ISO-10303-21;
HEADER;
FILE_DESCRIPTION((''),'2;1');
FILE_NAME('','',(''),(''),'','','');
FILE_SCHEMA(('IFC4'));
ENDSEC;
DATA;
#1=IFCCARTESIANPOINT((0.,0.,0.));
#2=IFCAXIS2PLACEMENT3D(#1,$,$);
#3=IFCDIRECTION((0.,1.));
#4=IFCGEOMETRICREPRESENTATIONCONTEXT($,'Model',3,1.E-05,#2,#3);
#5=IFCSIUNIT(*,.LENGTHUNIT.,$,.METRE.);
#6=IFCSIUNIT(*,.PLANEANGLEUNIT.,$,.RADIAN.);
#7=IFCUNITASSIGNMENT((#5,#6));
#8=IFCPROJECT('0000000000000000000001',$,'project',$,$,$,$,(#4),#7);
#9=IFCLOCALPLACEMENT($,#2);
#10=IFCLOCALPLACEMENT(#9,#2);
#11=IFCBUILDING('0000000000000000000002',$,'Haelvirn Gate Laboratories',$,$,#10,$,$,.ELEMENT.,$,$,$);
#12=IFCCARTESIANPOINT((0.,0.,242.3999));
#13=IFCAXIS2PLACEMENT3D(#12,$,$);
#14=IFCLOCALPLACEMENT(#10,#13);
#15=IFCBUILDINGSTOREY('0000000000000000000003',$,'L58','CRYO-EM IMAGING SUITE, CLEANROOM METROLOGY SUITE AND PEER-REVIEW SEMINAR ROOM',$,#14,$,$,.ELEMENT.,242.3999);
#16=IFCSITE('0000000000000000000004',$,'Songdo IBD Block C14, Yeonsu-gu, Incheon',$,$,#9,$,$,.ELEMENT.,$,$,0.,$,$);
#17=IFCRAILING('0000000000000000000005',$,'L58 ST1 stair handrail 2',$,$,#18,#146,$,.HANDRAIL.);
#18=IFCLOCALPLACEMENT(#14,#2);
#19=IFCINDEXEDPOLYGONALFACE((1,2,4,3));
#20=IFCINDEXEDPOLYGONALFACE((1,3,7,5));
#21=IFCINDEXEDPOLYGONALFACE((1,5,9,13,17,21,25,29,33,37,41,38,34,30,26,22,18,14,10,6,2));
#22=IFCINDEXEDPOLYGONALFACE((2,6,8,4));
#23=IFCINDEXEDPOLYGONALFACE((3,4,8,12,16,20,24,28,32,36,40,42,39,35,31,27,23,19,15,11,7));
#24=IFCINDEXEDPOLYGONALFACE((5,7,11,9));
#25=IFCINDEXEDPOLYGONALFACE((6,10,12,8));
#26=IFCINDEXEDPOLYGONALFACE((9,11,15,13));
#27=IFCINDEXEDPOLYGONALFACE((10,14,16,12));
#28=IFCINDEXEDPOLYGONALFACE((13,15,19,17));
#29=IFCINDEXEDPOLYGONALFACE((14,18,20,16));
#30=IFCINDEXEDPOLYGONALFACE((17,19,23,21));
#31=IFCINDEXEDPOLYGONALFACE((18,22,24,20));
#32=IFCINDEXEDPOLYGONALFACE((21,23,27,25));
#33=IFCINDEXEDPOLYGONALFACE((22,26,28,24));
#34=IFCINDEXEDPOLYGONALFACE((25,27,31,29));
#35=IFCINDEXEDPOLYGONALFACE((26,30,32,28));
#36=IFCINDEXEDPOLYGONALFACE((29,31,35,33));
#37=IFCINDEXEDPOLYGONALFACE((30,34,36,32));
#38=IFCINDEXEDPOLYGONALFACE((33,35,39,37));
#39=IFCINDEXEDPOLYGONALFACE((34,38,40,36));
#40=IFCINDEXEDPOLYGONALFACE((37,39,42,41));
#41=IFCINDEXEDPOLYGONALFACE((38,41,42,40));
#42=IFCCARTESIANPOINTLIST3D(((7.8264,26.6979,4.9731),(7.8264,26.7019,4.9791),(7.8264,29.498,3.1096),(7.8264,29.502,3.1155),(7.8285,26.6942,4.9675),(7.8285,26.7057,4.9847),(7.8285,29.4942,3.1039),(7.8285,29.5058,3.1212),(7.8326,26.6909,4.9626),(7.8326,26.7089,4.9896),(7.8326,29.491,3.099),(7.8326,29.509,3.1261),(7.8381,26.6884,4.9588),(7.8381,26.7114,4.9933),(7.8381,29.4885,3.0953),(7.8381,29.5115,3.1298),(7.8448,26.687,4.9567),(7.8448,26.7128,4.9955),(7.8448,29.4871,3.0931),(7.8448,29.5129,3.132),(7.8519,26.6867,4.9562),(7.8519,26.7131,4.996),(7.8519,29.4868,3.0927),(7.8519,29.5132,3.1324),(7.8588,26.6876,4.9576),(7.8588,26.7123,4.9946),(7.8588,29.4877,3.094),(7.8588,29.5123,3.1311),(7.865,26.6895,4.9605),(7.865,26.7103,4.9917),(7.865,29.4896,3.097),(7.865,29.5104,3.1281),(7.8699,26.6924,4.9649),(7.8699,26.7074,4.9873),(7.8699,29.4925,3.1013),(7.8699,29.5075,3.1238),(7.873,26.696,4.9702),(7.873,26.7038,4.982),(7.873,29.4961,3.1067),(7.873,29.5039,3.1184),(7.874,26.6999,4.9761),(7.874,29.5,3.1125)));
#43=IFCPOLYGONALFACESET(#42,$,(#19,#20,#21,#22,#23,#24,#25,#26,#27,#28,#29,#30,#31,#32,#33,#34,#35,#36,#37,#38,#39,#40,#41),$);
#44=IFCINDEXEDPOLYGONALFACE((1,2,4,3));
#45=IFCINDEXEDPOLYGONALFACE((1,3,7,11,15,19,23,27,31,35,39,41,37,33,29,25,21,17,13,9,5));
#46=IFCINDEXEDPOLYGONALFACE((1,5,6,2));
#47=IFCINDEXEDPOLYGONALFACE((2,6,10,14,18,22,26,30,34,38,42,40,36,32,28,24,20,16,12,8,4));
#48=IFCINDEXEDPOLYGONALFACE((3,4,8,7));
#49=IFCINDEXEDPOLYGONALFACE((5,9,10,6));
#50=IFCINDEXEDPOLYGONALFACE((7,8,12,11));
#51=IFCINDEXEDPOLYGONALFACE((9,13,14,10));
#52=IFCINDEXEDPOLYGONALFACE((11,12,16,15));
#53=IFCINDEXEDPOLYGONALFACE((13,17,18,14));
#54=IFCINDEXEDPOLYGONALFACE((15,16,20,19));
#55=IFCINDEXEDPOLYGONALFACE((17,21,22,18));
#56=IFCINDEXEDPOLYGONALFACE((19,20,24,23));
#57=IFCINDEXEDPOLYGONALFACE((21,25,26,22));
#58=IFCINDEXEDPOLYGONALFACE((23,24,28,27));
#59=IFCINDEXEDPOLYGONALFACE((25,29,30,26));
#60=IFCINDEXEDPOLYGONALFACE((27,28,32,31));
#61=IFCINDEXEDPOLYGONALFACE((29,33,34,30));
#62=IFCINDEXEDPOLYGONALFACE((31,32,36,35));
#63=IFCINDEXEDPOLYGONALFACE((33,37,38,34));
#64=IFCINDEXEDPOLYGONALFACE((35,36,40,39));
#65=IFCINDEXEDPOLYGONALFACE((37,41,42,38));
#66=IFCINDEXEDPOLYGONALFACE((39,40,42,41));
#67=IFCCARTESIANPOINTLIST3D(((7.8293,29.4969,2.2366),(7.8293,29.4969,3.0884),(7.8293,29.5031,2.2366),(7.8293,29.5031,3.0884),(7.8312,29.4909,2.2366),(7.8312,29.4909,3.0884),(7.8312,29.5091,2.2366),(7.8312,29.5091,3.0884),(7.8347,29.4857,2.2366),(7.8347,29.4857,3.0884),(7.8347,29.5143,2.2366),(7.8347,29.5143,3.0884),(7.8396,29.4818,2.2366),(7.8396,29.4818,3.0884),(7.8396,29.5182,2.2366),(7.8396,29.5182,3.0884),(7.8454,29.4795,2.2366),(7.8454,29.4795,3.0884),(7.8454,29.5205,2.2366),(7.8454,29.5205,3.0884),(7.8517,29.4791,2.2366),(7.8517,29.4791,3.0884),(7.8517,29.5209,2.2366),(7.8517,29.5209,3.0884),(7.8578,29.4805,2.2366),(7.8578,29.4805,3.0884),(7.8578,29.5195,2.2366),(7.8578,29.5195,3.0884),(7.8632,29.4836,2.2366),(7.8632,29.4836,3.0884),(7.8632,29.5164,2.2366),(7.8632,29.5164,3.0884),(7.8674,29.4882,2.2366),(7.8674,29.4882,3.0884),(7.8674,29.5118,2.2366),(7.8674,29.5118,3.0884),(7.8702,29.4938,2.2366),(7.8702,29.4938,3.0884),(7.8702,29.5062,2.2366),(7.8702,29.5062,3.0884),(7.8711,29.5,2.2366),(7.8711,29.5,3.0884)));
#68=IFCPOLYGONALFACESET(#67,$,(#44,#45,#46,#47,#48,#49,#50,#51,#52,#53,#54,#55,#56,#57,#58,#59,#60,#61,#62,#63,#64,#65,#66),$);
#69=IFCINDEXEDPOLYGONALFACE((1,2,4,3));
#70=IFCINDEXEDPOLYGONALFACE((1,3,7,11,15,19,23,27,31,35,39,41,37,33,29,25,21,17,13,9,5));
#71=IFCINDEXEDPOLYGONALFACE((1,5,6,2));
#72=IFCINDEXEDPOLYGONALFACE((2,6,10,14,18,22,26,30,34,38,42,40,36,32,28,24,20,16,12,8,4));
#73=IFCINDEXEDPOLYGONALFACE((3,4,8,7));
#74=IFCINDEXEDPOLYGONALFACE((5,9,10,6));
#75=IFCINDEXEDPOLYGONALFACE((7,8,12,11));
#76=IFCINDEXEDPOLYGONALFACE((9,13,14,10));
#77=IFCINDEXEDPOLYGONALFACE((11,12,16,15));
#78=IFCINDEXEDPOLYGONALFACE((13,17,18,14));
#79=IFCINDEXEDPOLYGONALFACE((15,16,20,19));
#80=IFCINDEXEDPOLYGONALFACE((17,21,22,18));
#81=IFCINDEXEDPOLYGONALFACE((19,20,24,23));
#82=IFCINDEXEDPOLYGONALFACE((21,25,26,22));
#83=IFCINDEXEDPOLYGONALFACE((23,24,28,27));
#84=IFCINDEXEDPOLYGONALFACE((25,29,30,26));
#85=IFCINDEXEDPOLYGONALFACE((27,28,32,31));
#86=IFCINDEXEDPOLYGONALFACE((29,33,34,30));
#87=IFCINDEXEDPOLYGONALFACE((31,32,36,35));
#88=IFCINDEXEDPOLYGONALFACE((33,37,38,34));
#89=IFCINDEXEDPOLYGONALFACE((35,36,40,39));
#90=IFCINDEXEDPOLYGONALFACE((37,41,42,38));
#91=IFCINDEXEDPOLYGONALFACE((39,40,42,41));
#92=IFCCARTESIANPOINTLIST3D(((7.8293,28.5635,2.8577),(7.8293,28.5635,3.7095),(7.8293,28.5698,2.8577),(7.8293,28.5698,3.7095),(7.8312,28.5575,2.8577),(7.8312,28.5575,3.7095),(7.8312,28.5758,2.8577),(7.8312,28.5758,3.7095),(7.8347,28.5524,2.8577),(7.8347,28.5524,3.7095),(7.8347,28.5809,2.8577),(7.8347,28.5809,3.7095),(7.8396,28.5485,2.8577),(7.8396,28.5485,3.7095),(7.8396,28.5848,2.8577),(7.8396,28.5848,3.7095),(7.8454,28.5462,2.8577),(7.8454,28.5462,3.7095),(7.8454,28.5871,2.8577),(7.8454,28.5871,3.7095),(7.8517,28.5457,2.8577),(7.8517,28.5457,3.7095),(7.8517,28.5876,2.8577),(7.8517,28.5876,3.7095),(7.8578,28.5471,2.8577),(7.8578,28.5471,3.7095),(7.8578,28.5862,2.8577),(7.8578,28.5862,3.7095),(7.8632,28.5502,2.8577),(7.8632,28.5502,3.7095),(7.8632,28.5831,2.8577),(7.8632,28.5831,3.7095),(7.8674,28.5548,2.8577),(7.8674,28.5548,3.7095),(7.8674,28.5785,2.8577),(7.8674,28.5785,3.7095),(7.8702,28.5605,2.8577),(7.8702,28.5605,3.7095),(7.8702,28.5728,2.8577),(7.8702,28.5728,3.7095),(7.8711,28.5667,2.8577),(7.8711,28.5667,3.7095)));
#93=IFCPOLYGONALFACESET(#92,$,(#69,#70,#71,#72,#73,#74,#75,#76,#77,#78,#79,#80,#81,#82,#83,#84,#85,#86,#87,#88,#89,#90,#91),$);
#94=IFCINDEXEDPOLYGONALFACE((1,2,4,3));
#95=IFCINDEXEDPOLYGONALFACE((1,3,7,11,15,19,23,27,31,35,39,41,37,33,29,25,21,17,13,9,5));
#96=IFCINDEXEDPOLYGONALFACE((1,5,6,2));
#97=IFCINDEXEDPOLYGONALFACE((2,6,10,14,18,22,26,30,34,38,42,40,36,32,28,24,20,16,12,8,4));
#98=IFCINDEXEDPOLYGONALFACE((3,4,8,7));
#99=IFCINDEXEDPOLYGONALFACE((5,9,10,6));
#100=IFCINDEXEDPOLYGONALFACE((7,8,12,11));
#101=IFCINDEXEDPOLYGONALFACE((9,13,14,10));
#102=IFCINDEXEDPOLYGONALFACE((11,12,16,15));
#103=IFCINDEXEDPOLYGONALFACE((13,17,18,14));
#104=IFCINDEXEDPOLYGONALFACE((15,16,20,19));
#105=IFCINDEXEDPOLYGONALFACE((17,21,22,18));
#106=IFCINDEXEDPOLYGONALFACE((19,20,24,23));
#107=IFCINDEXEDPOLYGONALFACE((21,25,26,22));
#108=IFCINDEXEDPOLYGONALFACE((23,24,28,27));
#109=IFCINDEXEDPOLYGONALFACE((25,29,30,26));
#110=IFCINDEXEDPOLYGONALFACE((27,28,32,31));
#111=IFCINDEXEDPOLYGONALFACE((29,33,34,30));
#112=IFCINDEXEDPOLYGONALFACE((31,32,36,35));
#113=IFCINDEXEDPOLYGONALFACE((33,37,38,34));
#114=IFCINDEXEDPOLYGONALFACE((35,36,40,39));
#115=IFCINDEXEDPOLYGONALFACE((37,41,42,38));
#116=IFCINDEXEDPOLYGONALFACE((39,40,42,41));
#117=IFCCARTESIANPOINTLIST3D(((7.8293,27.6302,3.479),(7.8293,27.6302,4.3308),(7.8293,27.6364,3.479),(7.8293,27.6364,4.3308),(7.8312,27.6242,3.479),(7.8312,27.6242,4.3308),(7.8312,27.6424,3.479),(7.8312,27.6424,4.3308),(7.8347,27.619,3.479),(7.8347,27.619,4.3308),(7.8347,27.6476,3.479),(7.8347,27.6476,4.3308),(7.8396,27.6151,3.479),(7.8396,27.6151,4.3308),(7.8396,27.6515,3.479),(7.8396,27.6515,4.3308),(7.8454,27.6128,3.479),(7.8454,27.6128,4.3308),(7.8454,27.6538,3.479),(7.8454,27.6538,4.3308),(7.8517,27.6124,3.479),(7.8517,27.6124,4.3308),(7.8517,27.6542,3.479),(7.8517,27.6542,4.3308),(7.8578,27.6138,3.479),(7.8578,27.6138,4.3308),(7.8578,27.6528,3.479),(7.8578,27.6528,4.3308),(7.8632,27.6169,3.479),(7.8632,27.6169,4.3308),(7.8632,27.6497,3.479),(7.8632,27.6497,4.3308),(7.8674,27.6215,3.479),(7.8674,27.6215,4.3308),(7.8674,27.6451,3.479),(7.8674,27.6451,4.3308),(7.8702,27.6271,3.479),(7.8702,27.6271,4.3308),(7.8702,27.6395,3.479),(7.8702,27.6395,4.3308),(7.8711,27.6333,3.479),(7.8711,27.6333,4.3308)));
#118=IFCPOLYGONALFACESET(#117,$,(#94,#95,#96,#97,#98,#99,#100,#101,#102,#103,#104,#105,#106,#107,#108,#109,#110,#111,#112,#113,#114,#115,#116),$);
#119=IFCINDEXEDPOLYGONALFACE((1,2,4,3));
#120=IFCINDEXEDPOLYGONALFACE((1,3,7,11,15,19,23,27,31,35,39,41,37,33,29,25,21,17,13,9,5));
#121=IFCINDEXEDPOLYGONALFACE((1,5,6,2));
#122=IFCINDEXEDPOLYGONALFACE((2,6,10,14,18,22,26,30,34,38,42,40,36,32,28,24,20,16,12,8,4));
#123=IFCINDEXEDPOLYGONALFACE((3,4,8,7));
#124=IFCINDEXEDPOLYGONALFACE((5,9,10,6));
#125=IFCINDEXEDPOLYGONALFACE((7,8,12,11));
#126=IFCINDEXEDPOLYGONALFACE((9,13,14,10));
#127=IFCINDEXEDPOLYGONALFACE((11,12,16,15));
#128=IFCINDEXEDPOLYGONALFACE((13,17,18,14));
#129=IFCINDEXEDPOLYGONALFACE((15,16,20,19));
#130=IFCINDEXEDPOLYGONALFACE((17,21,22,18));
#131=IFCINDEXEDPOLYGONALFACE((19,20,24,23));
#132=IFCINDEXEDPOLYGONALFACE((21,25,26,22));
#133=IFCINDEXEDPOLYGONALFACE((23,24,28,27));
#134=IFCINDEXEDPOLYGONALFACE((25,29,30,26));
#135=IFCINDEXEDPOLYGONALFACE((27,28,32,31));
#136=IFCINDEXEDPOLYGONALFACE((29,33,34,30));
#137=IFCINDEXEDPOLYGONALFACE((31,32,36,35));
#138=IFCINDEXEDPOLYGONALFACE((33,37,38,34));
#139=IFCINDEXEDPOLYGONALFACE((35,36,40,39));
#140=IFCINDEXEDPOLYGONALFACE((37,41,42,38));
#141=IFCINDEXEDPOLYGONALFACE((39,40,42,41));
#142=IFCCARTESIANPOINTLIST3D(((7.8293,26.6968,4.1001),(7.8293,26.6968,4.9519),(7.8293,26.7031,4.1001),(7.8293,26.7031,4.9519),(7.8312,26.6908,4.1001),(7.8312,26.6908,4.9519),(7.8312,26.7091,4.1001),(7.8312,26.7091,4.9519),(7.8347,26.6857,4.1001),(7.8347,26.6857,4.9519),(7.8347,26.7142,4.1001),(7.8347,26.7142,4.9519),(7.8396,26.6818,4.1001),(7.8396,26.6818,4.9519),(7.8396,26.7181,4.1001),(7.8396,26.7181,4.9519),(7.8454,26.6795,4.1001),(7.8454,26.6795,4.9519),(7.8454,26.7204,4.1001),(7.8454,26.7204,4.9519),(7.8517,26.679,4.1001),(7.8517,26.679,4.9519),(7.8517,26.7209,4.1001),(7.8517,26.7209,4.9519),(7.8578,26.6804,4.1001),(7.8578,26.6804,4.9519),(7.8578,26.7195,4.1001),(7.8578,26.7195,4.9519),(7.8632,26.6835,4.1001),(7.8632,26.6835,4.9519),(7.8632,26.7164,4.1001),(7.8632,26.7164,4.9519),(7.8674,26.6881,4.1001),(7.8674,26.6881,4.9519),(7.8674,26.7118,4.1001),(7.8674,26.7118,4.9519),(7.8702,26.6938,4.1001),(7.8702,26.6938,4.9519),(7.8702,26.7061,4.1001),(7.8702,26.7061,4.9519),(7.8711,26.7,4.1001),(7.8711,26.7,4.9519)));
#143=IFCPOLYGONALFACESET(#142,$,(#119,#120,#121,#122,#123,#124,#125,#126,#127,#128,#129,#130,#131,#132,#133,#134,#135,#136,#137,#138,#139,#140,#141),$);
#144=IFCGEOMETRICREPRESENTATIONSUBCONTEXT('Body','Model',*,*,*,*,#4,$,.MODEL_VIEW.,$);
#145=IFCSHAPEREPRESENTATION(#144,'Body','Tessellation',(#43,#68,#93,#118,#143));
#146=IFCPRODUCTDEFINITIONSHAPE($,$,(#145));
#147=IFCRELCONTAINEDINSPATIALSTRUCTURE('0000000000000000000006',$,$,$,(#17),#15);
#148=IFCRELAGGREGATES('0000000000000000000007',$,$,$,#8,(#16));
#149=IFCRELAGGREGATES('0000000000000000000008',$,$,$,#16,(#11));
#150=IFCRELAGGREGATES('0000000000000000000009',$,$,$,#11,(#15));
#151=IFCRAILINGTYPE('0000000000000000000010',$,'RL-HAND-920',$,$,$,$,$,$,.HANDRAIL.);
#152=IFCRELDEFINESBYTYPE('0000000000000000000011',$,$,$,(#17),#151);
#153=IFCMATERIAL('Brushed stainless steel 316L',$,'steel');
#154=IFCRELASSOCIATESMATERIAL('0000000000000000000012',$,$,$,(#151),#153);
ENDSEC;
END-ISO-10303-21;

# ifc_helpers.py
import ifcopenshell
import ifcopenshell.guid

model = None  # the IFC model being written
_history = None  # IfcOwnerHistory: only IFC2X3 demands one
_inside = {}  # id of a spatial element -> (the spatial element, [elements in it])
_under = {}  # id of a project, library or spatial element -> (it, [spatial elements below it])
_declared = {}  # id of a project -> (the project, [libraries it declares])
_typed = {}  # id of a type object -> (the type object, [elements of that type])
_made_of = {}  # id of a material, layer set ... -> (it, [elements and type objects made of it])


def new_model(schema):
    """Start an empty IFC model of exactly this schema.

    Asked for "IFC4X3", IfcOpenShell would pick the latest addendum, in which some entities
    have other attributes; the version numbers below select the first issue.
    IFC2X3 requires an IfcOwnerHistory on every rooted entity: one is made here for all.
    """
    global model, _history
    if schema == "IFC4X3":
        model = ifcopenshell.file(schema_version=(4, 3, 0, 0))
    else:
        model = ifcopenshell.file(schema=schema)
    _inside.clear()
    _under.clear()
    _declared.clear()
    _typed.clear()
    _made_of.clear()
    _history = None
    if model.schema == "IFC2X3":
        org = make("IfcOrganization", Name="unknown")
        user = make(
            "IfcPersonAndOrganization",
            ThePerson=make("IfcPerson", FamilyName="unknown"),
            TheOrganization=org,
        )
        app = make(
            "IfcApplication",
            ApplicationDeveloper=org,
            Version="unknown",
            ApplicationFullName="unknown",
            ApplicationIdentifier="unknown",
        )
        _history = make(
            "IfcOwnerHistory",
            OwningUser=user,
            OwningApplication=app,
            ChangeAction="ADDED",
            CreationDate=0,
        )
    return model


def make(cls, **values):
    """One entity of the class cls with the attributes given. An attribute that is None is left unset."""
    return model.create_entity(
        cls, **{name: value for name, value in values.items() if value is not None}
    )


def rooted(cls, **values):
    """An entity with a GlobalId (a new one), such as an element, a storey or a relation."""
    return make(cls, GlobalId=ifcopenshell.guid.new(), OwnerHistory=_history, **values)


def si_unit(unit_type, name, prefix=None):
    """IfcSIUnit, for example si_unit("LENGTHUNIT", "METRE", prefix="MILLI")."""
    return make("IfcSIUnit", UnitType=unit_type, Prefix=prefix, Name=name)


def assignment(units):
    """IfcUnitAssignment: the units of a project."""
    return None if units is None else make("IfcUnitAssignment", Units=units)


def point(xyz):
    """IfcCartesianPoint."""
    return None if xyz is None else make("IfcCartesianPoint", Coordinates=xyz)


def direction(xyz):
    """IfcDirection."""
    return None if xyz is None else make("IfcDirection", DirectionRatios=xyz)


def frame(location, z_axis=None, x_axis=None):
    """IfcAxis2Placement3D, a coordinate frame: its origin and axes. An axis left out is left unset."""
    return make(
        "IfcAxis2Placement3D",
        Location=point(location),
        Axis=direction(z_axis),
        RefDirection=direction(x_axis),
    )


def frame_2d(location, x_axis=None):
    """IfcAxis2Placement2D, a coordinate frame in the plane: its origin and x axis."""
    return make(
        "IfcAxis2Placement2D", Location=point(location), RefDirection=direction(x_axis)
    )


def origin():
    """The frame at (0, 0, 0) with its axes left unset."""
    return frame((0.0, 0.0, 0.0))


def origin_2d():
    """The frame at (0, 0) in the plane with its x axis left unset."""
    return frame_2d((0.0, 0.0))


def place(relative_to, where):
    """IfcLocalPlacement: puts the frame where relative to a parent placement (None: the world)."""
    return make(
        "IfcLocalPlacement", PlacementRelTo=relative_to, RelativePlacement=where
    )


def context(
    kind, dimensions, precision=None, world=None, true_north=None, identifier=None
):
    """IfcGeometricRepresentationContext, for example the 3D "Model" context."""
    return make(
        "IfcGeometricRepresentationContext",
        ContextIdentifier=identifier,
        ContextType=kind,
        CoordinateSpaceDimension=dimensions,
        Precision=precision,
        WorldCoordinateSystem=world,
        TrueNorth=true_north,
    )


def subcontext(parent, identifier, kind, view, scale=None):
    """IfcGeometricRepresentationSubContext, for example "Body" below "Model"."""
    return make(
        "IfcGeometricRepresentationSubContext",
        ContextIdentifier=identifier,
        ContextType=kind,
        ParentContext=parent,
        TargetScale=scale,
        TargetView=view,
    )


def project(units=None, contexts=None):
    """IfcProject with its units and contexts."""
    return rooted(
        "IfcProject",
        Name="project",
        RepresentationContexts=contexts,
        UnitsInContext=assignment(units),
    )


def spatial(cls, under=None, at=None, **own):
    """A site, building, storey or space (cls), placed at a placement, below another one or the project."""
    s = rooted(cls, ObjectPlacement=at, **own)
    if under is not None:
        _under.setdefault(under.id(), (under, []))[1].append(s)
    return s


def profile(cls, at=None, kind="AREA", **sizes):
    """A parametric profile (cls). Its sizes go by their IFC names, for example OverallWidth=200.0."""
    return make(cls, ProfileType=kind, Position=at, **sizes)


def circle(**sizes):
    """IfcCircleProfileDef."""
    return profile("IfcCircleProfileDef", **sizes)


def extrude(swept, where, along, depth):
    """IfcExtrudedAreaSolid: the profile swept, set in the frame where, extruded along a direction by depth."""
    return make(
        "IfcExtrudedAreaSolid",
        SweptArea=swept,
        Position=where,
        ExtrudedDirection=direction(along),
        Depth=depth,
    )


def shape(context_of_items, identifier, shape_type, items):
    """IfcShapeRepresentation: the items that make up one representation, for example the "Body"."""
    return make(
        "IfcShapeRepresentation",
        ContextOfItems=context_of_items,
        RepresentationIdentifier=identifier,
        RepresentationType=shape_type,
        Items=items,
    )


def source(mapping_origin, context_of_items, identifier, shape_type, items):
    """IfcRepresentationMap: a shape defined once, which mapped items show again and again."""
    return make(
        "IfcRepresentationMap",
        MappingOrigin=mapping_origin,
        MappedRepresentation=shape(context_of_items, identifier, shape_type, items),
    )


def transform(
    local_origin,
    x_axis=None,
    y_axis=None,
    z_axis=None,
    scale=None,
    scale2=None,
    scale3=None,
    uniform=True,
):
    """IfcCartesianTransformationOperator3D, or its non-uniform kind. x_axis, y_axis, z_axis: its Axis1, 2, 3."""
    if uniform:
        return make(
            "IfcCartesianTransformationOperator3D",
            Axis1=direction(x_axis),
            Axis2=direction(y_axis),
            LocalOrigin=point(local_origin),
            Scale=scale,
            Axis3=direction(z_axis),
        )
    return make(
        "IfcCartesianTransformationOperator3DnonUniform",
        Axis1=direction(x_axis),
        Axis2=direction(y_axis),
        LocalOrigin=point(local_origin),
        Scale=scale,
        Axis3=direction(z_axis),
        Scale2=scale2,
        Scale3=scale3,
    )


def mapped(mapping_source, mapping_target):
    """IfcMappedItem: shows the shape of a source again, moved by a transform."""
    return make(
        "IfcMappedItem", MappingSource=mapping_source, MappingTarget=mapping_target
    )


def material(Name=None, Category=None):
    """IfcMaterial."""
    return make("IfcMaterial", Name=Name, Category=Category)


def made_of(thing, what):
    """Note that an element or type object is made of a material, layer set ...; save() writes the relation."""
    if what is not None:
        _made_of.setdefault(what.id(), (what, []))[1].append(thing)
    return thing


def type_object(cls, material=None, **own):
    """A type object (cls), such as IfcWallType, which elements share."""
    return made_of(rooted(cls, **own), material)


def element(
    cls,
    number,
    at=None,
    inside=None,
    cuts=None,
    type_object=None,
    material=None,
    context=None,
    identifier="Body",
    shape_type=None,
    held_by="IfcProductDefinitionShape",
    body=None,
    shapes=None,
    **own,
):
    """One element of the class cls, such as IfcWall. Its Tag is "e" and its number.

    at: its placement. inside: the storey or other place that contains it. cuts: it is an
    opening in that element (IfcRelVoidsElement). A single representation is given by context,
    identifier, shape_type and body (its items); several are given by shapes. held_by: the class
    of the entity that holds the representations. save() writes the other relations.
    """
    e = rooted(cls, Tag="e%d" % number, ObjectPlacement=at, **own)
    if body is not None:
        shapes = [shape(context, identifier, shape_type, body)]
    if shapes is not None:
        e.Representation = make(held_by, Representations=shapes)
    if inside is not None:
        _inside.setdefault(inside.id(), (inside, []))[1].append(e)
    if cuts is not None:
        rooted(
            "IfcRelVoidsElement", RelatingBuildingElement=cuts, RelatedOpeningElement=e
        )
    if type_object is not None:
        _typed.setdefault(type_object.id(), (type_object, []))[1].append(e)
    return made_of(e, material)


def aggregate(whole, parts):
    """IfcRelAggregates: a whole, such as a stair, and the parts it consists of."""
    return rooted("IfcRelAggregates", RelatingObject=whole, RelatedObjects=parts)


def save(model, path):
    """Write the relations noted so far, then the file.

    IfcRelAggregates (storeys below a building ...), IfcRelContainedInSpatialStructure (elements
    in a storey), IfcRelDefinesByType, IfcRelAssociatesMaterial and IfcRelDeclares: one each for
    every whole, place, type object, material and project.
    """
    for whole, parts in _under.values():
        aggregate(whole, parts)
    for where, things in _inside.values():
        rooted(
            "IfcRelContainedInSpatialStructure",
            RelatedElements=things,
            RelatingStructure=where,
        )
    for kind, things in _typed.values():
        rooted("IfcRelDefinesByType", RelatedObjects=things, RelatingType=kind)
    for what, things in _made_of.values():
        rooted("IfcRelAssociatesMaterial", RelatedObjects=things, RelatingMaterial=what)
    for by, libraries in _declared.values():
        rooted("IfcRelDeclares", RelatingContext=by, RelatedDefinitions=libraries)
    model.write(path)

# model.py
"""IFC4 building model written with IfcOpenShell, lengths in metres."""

from ifc_helpers import new_model, si_unit, direction, frame, origin, origin_2d, place, context, subcontext, project, spatial, circle, extrude, source, transform, mapped, material, type_object, element, save


model = new_model("IFC4")

# Units and contexts
model_context = context("Model", 3, precision=1e-05, world=origin(), true_north=direction((0.0, 1.0)))
body_context = subcontext(model_context, "Body", "Model", "MODEL_VIEW")
ifc_project = project(units=[si_unit("LENGTHUNIT", "METRE"), si_unit("PLANEANGLEUNIT", "RADIAN")], contexts=[model_context])

# Site, building, storey
site_placement = place(None, origin())
site = spatial("IfcSite", under=ifc_project, at=site_placement, Name="Songdo IBD Block C14, Yeonsu-gu, Incheon", CompositionType="ELEMENT", RefElevation=0.0)
building_placement = place(site_placement, origin())
building = spatial("IfcBuilding", under=site, at=building_placement, Name="Haelvirn Gate Laboratories", CompositionType="ELEMENT")
storey_placement = place(building_placement, frame((0.0, 0.0, 242.3999)))
storey = spatial("IfcBuildingStorey", under=building, at=storey_placement, Name="L58", Description="CRYO-EM IMAGING SUITE, CLEANROOM METROLOGY SUITE AND PEER-REVIEW SEMINAR ROOM", CompositionType="ELEMENT", Elevation=242.3999)

# Railing
ifc_material_1 = material(Name="Brushed stainless steel 316L", Category="steel")
railing_type_1 = type_object("IfcRailingType", Name="RL-HAND-920", PredefinedType="HANDRAIL", material=ifc_material_1)
shared_shape_1 = source(origin(), body_context, "Body", "SweptSolid", [
    extrude(circle(Radius=0.0239, at=origin_2d()), frame((0.0, 0.0, 0.876), z_axis=(0.0, -0.832486, 0.554047), x_axis=(1.0, 0.0, 0.0)), (0.0, 0.0, 1.0), 3.3635),
    extrude(circle(Radius=0.021, at=origin_2d()), origin(), (0.0, 0.0, 1.0), 0.8518),
    extrude(circle(Radius=0.021, at=origin_2d()), frame((0.0, -0.9333, 0.6211)), (0.0, 0.0, 1.0), 0.8518),
    extrude(circle(Radius=0.021, at=origin_2d()), frame((0.0, -1.8667, 1.2424)), (0.0, 0.0, 1.0), 0.8518),
    extrude(circle(Radius=0.021, at=origin_2d()), frame((0.0, -2.8, 1.8635)), (0.0, 0.0, 1.0), 0.8518),
])
railing_1_placement = place(storey_placement, frame((7.8501, 29.5, 2.2366)))
element("IfcRailing", 1, at=railing_1_placement, inside=storey, type_object=railing_type_1, Name="L58 ST1 stair handrail 2", PredefinedType="HANDRAIL", context=body_context, shape_type="MappedRepresentation", body=[
    mapped(shared_shape_1, transform((0.0, 0.0, 0.0), scale=1.0)),
])

save(model, "model.ifc")
